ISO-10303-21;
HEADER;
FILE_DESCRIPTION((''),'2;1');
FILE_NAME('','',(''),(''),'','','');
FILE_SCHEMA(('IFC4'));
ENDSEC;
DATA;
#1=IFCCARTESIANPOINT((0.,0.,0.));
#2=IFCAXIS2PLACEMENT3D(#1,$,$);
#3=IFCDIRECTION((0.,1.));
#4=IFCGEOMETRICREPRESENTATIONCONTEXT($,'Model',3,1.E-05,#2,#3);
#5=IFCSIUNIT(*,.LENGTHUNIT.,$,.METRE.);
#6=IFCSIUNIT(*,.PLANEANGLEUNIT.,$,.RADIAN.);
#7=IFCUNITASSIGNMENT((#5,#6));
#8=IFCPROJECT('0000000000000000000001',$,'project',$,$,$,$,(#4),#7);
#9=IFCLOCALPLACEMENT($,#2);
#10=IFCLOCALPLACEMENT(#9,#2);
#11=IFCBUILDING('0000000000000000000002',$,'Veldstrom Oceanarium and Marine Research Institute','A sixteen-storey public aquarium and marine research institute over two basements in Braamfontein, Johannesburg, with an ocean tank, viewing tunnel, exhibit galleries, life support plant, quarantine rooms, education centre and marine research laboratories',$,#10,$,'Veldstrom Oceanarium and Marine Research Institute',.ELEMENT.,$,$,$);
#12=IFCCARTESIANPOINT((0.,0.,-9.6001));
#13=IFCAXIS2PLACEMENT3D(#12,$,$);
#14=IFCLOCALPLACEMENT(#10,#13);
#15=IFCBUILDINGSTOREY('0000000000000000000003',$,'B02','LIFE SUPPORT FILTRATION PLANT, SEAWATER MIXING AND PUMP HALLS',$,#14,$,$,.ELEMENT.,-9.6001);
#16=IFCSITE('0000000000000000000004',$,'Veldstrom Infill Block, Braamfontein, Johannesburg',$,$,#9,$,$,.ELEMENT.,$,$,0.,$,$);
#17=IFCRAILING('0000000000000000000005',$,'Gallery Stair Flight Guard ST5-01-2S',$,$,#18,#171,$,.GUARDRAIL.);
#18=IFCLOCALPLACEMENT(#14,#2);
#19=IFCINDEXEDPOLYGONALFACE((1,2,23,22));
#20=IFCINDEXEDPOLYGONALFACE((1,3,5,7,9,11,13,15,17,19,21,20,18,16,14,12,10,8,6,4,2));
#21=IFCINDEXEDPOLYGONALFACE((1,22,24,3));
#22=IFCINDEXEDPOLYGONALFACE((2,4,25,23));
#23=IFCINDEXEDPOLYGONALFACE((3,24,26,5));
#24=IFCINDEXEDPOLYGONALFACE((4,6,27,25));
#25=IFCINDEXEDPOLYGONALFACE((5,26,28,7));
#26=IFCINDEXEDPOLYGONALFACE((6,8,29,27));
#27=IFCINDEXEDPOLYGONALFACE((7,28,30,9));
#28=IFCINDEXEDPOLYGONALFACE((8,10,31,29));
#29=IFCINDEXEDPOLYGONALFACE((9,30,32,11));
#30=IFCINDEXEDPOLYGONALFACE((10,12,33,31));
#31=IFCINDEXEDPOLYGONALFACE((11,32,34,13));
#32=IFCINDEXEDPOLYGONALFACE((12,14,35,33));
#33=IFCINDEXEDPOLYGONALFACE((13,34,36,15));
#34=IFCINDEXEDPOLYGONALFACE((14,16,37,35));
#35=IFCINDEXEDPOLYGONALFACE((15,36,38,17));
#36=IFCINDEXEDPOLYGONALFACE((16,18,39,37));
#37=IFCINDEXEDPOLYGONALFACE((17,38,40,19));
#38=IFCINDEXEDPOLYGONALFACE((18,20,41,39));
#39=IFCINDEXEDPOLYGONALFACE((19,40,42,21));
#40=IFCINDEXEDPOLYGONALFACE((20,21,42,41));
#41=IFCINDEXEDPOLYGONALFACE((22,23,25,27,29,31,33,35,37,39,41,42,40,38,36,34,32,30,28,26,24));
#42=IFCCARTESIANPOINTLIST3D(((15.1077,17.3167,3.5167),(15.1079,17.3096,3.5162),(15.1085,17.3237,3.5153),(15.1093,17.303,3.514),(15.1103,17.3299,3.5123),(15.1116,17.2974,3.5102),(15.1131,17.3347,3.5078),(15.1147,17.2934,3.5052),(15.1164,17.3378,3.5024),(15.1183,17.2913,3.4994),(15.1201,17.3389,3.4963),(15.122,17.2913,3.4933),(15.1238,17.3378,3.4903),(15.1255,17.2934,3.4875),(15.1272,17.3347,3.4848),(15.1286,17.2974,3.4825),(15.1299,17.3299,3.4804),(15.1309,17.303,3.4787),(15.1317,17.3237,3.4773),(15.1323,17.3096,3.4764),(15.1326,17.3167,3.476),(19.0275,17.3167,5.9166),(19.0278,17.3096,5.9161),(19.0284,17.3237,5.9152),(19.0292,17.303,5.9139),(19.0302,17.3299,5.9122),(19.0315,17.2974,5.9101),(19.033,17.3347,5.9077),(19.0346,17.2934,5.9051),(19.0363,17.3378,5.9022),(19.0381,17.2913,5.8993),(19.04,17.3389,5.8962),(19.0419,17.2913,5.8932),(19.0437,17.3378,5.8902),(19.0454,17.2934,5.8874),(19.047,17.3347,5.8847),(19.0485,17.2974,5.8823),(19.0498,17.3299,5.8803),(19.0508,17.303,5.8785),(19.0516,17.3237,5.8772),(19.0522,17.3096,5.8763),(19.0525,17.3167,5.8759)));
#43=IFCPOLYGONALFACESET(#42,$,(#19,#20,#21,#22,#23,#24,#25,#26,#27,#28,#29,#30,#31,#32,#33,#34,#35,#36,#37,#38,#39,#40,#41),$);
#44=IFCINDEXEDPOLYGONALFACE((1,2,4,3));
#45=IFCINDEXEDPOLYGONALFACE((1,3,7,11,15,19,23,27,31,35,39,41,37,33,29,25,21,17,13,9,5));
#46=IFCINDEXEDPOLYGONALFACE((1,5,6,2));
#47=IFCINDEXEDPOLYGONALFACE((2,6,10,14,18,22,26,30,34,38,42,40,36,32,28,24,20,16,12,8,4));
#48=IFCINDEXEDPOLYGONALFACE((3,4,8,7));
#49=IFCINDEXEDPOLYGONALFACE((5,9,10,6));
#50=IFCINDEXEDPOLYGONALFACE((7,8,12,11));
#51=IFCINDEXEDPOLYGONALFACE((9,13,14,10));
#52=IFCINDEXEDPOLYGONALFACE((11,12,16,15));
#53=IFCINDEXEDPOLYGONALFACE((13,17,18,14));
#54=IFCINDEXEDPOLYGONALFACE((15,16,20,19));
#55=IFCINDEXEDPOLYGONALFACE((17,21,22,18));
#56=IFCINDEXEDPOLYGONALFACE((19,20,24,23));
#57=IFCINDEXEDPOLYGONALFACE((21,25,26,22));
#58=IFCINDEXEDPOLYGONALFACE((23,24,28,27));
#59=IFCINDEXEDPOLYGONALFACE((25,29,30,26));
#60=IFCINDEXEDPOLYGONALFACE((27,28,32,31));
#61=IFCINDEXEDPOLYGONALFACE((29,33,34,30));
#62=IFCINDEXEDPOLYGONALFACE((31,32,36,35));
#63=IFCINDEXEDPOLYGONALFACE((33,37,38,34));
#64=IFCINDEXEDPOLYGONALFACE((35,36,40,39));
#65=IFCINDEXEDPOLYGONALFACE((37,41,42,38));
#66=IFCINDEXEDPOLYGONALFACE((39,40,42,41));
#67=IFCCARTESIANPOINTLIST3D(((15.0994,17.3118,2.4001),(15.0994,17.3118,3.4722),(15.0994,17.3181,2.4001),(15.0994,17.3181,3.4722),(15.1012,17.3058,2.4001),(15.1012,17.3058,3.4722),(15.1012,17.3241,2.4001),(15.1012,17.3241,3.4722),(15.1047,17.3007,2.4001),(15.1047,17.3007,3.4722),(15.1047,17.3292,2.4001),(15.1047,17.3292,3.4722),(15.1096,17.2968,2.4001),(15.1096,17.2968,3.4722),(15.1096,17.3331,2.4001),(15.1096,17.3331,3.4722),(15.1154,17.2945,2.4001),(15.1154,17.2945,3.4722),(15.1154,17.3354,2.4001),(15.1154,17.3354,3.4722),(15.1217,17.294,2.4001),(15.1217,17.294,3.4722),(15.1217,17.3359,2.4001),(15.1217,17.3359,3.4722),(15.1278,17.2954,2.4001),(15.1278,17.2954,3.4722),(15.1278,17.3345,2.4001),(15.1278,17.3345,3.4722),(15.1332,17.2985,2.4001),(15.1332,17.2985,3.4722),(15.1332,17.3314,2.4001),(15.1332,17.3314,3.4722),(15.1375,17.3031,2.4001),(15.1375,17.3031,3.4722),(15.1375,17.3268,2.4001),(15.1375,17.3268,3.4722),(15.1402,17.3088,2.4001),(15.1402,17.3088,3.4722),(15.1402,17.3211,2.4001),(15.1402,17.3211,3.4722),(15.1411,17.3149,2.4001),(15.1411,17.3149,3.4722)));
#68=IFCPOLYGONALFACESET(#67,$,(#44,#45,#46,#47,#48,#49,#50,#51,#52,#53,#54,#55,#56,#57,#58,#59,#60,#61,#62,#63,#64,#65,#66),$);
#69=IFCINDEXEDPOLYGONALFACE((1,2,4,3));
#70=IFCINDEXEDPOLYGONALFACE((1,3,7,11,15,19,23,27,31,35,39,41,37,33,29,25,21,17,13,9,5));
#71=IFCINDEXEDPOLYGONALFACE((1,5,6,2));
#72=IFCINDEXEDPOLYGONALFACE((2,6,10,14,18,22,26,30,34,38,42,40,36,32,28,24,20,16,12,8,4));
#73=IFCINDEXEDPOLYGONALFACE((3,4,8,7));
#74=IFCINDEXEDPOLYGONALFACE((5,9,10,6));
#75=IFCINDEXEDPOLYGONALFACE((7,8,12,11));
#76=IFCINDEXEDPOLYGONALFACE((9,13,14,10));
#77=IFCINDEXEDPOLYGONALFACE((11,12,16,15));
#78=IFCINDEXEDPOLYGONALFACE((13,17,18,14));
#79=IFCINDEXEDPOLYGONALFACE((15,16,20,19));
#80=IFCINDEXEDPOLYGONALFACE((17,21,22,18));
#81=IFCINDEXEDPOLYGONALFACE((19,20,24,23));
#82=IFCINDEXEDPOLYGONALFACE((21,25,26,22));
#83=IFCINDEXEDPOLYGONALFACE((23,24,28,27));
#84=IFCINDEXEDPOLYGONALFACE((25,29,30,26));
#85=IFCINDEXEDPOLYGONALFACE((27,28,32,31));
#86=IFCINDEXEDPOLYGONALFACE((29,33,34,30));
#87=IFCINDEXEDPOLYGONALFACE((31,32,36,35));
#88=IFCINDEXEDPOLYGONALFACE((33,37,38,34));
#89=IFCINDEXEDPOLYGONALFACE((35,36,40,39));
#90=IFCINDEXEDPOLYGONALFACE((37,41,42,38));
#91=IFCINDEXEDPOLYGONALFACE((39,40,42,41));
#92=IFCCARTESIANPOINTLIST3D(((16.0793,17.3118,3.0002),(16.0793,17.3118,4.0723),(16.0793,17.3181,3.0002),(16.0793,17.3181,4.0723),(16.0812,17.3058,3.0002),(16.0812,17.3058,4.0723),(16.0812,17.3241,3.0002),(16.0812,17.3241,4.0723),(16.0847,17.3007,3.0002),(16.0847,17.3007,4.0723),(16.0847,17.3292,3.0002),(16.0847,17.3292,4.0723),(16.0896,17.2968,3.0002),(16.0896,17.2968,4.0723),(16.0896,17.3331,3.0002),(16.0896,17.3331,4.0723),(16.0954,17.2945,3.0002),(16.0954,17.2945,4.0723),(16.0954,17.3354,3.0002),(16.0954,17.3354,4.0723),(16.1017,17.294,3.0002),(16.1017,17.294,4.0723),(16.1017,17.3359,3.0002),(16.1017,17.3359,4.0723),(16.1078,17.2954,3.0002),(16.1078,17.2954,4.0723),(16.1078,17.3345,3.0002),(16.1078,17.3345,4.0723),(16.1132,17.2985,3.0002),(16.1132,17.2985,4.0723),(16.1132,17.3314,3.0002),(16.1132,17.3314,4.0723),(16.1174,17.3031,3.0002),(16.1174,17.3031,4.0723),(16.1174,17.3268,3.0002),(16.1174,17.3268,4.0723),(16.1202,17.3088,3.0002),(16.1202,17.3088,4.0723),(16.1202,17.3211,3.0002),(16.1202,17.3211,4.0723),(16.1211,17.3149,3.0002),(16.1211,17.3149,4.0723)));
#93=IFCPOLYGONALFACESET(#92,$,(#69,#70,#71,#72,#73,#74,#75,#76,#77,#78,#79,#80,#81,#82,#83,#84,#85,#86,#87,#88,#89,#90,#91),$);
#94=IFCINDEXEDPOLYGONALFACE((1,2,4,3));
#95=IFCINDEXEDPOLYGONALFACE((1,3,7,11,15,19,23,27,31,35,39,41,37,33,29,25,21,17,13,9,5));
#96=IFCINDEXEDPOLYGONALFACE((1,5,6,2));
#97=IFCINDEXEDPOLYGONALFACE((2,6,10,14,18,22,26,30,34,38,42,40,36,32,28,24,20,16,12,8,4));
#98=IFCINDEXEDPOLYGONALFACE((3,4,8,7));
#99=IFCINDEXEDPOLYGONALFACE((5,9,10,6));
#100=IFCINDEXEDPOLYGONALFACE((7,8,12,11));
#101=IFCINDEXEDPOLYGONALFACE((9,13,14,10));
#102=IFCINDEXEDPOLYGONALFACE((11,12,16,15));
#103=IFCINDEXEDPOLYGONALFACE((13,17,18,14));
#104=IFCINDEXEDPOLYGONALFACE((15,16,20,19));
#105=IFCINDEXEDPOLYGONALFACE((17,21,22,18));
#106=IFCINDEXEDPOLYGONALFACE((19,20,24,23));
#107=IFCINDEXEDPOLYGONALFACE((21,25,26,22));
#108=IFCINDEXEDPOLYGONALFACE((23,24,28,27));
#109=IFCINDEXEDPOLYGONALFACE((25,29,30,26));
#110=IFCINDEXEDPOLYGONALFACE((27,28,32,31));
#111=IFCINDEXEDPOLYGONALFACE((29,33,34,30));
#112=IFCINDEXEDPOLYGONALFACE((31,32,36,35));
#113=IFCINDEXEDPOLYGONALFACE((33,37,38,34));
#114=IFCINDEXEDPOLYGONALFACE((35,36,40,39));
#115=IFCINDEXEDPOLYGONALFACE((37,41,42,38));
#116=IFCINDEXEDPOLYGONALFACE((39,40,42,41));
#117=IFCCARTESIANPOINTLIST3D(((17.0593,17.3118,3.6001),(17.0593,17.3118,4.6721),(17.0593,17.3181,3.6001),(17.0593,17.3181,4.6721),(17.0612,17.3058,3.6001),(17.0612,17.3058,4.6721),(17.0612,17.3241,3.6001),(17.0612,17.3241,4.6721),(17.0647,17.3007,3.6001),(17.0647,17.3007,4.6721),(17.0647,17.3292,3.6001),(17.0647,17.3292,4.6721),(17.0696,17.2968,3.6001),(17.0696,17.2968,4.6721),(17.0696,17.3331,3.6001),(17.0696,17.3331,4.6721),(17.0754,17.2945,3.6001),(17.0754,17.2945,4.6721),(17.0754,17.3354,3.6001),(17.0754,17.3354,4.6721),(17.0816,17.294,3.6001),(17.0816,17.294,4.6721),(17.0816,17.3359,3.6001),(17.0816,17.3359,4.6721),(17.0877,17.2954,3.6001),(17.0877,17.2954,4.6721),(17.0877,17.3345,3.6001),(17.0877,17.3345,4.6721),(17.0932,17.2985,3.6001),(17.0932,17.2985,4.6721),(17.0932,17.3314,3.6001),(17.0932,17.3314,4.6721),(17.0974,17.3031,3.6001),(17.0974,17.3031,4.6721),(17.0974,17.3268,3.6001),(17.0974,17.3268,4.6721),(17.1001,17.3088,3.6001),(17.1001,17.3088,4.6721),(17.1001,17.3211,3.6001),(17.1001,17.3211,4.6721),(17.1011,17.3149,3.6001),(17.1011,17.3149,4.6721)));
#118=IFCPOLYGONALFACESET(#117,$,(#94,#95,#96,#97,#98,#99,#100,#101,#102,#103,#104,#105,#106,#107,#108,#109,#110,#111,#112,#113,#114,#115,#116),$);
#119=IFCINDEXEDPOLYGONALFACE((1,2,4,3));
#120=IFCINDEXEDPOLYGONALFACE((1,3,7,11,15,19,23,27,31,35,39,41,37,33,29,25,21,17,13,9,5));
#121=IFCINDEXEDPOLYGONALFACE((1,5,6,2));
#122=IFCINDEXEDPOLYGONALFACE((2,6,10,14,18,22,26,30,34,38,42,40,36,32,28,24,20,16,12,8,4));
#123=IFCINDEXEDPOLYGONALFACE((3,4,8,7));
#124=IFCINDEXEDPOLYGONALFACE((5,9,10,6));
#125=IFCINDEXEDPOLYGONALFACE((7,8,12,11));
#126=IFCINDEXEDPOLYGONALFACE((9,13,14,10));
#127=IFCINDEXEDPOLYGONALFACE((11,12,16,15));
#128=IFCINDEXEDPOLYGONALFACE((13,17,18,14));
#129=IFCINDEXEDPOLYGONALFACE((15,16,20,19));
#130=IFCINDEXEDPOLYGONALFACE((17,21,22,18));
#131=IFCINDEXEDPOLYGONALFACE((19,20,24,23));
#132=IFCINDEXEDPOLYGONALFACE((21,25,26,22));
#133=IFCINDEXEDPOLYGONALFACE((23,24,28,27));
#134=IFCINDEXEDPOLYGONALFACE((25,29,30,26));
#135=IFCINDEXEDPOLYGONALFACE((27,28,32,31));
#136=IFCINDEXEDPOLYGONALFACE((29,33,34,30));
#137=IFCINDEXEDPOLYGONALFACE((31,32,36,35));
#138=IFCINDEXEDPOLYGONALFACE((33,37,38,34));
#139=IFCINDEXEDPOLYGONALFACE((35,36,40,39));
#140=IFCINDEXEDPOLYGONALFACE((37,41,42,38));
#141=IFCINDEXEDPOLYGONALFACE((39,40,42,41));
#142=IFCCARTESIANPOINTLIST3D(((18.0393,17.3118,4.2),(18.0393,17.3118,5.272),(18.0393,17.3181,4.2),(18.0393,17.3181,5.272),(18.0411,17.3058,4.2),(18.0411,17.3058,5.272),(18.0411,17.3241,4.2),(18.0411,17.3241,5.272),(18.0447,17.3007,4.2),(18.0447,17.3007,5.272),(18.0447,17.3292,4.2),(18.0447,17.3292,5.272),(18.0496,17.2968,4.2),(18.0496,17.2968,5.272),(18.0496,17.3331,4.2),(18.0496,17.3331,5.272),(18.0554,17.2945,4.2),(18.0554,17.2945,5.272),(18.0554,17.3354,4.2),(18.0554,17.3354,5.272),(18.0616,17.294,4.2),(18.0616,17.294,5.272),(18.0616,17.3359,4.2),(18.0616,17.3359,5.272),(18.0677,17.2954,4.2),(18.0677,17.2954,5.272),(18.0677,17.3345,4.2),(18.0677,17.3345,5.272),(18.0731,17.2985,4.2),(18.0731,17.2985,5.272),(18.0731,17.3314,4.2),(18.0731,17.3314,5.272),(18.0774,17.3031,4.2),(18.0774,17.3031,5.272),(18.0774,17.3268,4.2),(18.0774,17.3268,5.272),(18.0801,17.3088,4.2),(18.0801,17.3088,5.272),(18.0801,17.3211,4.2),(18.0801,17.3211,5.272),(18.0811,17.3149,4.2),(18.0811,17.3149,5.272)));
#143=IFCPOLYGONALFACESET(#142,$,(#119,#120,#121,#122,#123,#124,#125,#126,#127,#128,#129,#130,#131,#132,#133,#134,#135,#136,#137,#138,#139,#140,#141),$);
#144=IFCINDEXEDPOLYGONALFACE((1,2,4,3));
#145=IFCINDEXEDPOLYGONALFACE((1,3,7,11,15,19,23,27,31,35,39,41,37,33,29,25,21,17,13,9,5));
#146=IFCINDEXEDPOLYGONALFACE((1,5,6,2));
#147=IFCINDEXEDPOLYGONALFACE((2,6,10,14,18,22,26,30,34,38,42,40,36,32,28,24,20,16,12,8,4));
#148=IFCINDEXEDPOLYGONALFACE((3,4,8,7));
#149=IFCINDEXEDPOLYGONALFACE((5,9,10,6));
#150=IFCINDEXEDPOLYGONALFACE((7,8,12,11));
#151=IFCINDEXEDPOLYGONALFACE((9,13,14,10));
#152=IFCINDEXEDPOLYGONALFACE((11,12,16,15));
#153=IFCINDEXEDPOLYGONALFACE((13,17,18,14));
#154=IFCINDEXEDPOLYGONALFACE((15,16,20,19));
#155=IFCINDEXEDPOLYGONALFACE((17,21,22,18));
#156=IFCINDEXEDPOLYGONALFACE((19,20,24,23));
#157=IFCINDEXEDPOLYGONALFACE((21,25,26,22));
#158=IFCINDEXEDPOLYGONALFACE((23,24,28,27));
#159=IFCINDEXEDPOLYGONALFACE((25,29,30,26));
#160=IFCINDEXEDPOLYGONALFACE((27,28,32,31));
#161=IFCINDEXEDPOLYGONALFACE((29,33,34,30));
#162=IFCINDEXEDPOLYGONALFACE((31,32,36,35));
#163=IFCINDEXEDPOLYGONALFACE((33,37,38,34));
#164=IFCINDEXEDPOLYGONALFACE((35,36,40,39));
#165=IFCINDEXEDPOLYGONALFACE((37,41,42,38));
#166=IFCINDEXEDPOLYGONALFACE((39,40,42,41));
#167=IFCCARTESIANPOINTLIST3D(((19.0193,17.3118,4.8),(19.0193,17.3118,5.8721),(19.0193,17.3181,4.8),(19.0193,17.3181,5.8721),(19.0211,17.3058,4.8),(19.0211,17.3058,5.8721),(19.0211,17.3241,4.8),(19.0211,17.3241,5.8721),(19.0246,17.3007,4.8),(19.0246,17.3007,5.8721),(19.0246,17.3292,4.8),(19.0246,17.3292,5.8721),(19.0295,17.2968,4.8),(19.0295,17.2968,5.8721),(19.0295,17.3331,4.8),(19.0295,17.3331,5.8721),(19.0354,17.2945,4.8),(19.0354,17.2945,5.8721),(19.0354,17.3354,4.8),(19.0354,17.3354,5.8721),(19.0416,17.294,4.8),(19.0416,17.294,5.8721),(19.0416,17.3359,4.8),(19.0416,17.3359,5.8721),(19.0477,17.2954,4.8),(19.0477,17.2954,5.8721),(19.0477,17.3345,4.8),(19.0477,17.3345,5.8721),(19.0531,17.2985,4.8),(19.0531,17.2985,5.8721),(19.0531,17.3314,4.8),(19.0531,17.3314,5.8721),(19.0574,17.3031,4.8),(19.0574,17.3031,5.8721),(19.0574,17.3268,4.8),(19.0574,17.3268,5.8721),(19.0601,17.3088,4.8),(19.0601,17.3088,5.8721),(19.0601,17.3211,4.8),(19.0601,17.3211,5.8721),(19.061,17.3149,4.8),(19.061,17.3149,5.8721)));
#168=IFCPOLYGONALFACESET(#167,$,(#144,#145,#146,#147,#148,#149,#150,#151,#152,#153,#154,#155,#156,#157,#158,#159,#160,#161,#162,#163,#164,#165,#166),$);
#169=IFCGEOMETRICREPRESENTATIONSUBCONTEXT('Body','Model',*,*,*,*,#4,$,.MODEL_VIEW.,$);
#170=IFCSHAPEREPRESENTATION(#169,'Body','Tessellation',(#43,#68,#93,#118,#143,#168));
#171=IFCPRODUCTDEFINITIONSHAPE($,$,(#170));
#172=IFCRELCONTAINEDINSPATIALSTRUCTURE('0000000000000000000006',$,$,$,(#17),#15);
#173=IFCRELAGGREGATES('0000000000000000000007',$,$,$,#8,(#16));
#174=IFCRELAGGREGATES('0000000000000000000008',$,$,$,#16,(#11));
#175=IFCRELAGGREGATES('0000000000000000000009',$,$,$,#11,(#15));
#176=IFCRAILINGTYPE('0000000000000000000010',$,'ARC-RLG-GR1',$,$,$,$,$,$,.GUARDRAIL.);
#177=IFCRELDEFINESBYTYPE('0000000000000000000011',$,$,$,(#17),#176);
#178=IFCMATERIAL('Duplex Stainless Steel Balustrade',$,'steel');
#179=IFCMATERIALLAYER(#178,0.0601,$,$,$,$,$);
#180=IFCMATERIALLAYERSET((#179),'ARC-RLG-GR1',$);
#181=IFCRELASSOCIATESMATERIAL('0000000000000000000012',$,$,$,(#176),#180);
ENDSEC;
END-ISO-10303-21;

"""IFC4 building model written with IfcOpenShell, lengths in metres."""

from ifc_helpers import new_model, si_unit, direction, frame, origin, origin_2d, place, context, subcontext, project, spatial, circle, extrude, material, layer, layer_set, type_object, element, save


model = new_model("IFC4")

# Units and contexts
model_context = context("Model", 3, precision=1e-05, world=origin(), true_north=direction((0.0, 1.0)))
body_context = subcontext(model_context, "Body", "Model", "MODEL_VIEW")
ifc_project = project(units=[si_unit("LENGTHUNIT", "METRE"), si_unit("PLANEANGLEUNIT", "RADIAN")], contexts=[model_context])

# Site, building, storey
site_placement = place(None, origin())
site = spatial("IfcSite", under=ifc_project, at=site_placement, Name="Veldstrom Infill Block, Braamfontein, Johannesburg", CompositionType="ELEMENT", RefElevation=0.0)
building_placement = place(site_placement, origin())
building = spatial("IfcBuilding", under=site, at=building_placement, Name="Veldstrom Oceanarium and Marine Research Institute", Description="A sixteen-storey public aquarium and marine research institute over two basements in Braamfontein, Johannesburg, with an ocean tank, viewing tunnel, exhibit galleries, life support plant, quarantine rooms, education centre and marine research laboratories", LongName="Veldstrom Oceanarium and Marine Research Institute", CompositionType="ELEMENT")
storey_placement = place(building_placement, frame((0.0, 0.0, -9.6001)))
storey = spatial("IfcBuildingStorey", under=building, at=storey_placement, Name="B02", Description="LIFE SUPPORT FILTRATION PLANT, SEAWATER MIXING AND PUMP HALLS", CompositionType="ELEMENT", Elevation=-9.6001)

# Railing
ifc_material_1 = material(Name="Duplex Stainless Steel Balustrade", Category="steel")
ifc_layer_1 = layer(ifc_material_1, 0.0601)
ifc_layer_set_1 = layer_set([ifc_layer_1], Name="ARC-RLG-GR1")
railing_type = type_object("IfcRailingType", Name="ARC-RLG-GR1", PredefinedType="GUARDRAIL", material=ifc_layer_set_1)
for number, where, name in (
    (1, (15.1201, 17.3149, 2.4001), "Gallery Stair Flight Guard ST5-01-2S"),
):
    element("IfcRailing", number, at=place(storey_placement, frame(where)), inside=storey, type_object=railing_type, Name=name, PredefinedType="GUARDRAIL", context=body_context, shape_type="SweptSolid", body=[
        extrude(circle(Radius=0.0239, at=origin_2d()), frame((0.0, 0.0, 1.0962), z_axis=(0.852856, 0.0, 0.522146), x_axis=(0.0, 1.0, 0.0)), (0.0, 0.0, 1.0), 4.5962),
        extrude(circle(Radius=0.021, at=origin_2d()), origin(), (0.0, 0.0, 1.0), 1.072),
        extrude(circle(Radius=0.021, at=origin_2d()), frame((0.98, 0.0, 0.6001)), (0.0, 0.0, 1.0), 1.072),
        extrude(circle(Radius=0.021, at=origin_2d()), frame((1.96, 0.0, 1.2)), (0.0, 0.0, 1.0), 1.072),
        extrude(circle(Radius=0.021, at=origin_2d()), frame((2.9399, 0.0, 1.7998)), (0.0, 0.0, 1.0), 1.072),
        extrude(circle(Radius=0.021, at=origin_2d()), frame((3.9199, 0.0, 2.3999)), (0.0, 0.0, 1.0), 1.072),
    ])

save(model, "model.ifc")
